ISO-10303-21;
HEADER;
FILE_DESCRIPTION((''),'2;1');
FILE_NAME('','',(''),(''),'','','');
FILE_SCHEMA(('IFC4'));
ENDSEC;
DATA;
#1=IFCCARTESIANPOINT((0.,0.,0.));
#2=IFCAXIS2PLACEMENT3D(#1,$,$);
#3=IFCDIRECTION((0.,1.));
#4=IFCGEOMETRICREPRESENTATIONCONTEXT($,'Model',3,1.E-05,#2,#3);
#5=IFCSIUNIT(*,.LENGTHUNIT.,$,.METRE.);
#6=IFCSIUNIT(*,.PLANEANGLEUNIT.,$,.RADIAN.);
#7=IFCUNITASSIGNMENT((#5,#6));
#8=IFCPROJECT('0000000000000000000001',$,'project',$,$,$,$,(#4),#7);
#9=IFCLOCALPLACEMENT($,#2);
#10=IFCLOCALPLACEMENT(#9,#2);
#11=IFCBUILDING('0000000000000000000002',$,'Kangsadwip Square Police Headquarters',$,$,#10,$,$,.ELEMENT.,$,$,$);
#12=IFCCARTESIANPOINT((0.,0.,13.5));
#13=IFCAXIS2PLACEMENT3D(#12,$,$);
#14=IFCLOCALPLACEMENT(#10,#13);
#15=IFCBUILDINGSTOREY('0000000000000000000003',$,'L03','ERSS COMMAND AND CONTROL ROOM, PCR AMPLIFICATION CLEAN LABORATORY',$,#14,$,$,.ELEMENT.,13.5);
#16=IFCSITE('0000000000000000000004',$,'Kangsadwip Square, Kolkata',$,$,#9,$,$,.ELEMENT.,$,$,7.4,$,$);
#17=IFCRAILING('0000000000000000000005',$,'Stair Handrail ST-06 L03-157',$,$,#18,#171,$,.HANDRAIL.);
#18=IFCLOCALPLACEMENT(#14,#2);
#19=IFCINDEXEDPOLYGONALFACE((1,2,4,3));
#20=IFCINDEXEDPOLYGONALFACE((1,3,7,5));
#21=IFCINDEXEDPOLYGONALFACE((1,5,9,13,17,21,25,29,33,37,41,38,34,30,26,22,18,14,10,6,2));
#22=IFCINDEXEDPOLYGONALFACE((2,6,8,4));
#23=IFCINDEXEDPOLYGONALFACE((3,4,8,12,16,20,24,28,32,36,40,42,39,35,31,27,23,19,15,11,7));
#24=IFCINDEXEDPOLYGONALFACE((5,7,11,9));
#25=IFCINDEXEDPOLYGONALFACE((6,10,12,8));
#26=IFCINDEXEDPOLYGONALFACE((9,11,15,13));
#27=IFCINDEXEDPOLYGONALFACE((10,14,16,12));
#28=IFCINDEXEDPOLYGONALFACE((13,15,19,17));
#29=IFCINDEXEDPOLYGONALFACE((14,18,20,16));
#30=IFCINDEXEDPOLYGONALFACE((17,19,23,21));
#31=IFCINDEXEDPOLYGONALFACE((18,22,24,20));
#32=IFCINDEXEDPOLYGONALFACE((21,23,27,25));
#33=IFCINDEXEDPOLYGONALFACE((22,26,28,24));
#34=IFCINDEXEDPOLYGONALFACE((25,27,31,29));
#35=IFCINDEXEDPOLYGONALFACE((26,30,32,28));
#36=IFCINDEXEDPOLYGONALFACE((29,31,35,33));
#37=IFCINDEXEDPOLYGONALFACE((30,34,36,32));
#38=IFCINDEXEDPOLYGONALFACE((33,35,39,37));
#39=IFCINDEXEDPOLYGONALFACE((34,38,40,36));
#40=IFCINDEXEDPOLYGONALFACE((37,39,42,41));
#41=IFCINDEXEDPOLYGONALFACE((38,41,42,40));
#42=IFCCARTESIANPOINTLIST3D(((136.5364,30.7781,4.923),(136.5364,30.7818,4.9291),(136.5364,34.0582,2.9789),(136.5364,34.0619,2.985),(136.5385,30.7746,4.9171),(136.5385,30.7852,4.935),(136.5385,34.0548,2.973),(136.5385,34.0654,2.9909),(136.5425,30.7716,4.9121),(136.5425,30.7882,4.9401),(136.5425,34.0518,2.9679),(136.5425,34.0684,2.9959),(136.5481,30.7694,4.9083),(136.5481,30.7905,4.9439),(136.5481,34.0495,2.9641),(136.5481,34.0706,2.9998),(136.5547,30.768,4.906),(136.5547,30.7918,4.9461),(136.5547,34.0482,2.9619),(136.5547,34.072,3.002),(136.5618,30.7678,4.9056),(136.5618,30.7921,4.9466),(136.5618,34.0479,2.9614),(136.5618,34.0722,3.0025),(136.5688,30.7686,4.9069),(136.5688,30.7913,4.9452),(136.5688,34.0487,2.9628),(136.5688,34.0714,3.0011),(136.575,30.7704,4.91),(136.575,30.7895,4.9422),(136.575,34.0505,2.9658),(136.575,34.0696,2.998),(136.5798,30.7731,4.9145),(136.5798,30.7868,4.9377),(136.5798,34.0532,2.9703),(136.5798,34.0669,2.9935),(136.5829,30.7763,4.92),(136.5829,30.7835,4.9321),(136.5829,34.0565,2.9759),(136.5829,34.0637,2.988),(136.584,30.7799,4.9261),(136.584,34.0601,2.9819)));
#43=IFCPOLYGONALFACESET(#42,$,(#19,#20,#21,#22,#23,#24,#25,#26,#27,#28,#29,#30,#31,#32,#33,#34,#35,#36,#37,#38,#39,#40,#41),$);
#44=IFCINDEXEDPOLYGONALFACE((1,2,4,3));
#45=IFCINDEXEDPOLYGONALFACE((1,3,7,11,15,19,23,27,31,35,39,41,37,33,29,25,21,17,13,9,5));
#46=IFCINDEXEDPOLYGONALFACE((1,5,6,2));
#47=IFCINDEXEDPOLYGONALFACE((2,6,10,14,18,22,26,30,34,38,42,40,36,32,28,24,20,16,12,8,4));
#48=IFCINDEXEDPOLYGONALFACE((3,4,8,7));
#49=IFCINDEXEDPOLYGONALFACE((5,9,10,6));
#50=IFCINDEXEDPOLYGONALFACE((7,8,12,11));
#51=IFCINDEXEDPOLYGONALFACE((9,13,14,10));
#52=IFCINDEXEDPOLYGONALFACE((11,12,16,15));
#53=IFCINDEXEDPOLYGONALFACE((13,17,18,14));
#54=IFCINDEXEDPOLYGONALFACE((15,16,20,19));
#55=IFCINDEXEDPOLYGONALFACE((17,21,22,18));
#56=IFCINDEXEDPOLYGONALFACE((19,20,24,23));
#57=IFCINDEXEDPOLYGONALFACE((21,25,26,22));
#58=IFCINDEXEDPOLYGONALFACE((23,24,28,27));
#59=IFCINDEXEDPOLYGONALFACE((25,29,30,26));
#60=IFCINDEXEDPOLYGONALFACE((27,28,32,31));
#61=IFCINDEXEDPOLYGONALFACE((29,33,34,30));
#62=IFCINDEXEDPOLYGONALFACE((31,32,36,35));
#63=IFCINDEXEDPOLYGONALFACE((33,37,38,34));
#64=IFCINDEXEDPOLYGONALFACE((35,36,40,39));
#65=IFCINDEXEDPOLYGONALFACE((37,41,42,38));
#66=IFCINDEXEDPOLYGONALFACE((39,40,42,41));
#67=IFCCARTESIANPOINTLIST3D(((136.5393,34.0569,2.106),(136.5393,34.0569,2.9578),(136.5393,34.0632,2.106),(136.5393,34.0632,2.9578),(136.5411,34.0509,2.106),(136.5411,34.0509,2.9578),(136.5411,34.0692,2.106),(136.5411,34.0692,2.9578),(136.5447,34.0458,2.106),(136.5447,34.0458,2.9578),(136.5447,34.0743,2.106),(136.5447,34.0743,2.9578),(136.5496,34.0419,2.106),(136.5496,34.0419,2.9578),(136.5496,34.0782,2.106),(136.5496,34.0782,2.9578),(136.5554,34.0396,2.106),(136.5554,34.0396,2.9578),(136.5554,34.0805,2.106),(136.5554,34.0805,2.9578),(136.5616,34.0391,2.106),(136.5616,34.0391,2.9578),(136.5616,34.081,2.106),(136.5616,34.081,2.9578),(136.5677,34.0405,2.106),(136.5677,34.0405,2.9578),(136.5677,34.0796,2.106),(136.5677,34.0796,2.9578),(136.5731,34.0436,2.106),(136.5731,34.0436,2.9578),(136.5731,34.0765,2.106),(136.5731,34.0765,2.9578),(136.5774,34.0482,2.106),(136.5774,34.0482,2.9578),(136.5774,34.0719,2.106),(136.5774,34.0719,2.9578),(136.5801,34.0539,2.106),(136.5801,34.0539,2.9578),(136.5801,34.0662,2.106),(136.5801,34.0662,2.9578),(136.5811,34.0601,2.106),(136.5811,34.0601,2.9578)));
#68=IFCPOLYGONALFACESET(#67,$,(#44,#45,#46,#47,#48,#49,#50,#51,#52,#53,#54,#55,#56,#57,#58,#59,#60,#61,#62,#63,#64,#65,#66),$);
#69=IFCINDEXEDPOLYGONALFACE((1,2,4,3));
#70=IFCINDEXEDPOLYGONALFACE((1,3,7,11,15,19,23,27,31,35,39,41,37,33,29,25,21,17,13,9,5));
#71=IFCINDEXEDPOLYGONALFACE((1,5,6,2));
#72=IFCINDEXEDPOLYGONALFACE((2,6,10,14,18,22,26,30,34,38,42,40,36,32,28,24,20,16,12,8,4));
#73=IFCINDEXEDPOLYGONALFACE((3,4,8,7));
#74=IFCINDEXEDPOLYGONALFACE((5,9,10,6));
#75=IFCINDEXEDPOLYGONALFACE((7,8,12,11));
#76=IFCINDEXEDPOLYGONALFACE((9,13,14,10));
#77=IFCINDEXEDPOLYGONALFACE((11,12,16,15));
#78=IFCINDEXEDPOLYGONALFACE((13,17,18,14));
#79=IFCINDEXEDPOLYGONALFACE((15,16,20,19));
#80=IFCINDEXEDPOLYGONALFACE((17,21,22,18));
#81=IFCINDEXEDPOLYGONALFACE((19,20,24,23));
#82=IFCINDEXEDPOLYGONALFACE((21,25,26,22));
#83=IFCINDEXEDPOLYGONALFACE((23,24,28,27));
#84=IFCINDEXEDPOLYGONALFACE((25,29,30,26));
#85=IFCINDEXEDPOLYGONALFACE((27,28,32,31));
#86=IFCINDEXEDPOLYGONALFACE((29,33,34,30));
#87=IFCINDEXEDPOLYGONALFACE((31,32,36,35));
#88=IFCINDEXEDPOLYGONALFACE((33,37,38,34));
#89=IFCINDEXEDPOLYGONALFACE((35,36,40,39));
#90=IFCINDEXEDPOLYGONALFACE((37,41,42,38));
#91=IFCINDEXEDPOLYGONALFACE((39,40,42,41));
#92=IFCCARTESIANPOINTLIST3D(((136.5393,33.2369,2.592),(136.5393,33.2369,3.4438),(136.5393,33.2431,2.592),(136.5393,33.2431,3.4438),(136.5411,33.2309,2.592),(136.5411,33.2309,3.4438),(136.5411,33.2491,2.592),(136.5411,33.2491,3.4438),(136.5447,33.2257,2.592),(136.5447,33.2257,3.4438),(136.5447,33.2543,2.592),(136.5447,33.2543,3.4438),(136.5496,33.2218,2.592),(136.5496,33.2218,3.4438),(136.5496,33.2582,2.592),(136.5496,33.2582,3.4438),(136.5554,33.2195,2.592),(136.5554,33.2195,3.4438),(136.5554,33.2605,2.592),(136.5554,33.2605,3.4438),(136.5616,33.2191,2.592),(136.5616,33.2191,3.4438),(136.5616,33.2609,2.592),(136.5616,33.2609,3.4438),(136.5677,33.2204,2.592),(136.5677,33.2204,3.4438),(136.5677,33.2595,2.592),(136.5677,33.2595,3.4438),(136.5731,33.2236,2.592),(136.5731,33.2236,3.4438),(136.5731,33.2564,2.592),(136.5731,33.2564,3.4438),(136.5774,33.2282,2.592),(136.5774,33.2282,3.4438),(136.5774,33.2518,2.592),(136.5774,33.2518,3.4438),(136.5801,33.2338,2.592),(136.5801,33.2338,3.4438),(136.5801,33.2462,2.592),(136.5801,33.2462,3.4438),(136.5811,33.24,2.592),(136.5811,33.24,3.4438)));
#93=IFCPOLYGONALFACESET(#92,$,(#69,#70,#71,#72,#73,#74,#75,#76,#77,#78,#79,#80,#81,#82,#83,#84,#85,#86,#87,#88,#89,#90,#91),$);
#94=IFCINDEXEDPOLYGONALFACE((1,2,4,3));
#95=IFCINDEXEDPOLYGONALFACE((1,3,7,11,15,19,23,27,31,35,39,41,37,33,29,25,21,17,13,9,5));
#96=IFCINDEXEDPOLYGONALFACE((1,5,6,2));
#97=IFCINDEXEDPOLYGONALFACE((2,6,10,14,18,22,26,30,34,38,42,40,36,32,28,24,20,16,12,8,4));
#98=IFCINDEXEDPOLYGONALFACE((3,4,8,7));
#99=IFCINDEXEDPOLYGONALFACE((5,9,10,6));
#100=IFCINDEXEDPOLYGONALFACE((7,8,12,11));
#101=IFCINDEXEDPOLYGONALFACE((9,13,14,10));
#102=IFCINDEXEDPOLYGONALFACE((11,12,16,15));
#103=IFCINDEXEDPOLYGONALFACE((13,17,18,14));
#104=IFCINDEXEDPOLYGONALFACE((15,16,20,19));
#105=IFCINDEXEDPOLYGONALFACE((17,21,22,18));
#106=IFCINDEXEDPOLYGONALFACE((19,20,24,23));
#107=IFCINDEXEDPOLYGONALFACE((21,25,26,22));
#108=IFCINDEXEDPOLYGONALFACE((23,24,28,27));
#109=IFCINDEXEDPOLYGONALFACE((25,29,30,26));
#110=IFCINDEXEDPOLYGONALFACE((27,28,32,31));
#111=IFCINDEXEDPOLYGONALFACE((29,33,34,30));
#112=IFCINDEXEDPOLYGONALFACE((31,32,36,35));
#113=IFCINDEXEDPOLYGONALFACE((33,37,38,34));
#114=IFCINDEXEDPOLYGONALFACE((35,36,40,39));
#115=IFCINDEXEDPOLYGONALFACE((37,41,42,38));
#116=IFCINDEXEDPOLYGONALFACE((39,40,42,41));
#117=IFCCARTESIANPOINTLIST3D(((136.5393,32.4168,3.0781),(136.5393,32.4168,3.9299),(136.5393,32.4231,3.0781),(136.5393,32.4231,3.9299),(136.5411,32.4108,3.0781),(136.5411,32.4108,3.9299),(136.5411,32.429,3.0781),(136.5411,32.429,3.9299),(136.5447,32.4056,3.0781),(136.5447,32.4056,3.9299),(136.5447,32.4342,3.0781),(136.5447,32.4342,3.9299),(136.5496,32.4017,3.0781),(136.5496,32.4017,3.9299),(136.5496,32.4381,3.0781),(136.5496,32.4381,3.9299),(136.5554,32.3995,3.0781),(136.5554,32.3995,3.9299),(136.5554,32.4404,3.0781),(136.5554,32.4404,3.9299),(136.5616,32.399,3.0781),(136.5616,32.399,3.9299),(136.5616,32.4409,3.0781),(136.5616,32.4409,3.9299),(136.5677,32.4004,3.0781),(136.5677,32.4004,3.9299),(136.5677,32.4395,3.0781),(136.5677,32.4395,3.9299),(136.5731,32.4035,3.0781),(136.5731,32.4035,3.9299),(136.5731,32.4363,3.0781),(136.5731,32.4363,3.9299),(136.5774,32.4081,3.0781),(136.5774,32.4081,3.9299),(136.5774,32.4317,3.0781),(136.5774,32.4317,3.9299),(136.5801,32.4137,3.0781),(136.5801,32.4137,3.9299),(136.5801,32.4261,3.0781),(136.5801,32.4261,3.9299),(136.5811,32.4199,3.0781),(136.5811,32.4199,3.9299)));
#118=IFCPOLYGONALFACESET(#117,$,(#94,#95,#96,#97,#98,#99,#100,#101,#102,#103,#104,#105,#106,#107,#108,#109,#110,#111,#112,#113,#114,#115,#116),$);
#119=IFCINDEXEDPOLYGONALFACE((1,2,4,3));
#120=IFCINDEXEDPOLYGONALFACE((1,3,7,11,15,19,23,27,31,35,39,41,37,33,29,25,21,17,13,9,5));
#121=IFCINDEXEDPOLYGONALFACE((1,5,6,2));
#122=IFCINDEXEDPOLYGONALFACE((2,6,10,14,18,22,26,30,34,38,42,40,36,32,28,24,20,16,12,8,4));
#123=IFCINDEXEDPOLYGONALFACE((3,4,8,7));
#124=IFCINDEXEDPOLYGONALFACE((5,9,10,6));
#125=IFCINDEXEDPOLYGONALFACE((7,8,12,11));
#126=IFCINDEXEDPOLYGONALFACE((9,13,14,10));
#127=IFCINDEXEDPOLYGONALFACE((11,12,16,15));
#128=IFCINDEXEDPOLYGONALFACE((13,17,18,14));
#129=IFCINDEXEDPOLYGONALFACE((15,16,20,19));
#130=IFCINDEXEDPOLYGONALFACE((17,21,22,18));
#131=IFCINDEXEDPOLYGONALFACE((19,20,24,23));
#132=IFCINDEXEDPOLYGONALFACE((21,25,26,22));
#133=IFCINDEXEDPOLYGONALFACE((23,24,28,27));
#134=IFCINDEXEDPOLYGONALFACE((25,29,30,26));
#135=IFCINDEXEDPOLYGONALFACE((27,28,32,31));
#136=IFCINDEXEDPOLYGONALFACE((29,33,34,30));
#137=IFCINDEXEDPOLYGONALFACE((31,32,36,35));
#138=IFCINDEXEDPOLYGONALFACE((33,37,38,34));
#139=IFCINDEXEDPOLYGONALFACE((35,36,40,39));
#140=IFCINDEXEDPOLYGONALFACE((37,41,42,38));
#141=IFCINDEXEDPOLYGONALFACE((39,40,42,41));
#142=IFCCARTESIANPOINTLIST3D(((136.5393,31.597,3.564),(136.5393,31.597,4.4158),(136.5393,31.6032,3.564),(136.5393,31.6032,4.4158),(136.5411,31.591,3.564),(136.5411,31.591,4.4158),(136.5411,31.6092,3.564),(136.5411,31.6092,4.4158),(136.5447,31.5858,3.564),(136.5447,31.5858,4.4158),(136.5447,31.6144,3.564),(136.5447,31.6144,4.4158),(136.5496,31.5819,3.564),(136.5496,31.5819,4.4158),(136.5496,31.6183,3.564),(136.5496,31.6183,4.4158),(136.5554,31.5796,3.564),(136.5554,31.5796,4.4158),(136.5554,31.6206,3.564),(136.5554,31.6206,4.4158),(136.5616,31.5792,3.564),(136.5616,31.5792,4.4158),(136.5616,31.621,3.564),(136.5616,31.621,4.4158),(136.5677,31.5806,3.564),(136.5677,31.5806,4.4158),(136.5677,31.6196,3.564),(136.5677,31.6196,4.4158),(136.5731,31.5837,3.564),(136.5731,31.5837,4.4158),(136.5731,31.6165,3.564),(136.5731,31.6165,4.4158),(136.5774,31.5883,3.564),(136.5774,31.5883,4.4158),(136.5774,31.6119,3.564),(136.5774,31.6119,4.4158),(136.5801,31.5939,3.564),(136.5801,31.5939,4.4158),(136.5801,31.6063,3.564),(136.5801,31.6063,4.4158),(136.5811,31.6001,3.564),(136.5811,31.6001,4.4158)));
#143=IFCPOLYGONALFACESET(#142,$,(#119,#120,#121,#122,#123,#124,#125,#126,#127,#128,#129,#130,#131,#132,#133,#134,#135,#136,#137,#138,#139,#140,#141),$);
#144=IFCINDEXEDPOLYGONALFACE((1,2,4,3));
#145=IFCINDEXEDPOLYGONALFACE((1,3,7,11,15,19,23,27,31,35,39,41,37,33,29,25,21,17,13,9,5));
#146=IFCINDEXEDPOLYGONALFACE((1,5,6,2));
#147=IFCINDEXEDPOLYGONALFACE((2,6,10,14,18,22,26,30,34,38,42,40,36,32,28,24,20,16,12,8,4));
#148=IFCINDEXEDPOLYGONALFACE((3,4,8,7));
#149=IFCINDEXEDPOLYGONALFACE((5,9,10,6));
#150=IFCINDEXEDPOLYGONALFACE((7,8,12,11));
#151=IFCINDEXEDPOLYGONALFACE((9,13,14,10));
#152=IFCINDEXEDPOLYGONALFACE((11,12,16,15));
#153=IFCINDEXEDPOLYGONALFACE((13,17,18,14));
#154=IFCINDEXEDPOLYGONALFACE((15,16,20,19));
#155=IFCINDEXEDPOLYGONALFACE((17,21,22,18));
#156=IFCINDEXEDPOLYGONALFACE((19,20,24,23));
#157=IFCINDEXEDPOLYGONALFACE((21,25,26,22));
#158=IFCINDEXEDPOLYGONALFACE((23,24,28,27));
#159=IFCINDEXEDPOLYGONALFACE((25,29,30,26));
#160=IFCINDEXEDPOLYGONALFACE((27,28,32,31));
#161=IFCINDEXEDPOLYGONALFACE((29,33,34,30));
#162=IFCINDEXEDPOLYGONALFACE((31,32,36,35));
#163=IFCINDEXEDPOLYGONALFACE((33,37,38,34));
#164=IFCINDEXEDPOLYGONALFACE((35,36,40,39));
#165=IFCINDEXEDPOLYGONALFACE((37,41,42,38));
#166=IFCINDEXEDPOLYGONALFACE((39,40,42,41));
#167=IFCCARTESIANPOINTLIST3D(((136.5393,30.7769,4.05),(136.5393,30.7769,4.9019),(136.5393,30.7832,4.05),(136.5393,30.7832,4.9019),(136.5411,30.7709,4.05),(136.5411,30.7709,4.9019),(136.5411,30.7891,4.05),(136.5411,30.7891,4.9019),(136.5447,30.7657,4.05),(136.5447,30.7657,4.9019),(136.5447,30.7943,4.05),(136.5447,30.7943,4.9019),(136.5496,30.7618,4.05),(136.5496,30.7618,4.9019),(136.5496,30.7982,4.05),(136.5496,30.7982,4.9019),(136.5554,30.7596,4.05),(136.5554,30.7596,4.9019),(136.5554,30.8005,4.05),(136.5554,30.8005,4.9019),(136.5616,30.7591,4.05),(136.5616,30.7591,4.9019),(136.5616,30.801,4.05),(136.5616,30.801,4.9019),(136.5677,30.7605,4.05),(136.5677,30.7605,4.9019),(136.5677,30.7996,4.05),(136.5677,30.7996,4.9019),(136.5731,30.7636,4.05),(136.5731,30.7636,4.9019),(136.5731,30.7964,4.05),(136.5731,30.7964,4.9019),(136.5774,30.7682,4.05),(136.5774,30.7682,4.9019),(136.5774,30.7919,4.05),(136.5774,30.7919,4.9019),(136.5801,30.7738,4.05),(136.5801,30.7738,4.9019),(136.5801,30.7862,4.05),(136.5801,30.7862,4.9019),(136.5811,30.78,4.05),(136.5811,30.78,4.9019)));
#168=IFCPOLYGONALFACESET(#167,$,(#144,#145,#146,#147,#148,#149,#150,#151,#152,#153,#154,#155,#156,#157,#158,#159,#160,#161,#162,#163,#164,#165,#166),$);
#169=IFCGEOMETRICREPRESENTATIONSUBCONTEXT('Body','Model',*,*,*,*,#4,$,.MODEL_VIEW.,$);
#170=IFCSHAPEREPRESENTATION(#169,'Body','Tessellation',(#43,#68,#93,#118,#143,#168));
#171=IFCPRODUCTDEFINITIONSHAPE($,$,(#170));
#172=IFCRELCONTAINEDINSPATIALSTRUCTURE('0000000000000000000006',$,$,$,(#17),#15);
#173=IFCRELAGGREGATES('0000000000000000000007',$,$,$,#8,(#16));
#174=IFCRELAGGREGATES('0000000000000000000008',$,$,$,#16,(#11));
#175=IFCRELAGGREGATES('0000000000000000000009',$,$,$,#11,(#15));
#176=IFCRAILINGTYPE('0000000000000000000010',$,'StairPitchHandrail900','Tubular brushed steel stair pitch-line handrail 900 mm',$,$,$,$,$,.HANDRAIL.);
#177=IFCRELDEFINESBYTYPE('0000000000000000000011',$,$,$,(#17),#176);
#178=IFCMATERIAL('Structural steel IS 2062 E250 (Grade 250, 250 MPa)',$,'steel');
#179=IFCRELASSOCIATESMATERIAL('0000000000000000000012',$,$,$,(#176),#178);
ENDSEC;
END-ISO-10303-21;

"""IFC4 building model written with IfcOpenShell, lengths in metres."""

from ifc_helpers import new_model, si_unit, direction, frame, origin, origin_2d, place, context, subcontext, project, spatial, circle, extrude, material, type_object, element, save


model = new_model("IFC4")

# Units and contexts
model_context = context("Model", 3, precision=1e-05, world=origin(), true_north=direction((0.0, 1.0)))
body_context = subcontext(model_context, "Body", "Model", "MODEL_VIEW")
ifc_project = project(units=[si_unit("LENGTHUNIT", "METRE"), si_unit("PLANEANGLEUNIT", "RADIAN")], contexts=[model_context])

# Site, building, storey
site_placement = place(None, origin())
site = spatial("IfcSite", under=ifc_project, at=site_placement, Name="Kangsadwip Square, Kolkata", CompositionType="ELEMENT", RefElevation=7.4)
building_placement = place(site_placement, origin())
building = spatial("IfcBuilding", under=site, at=building_placement, Name="Kangsadwip Square Police Headquarters", CompositionType="ELEMENT")
storey_placement = place(building_placement, frame((0.0, 0.0, 13.5)))
storey = spatial("IfcBuildingStorey", under=building, at=storey_placement, Name="L03", Description="ERSS COMMAND AND CONTROL ROOM, PCR AMPLIFICATION CLEAN LABORATORY", CompositionType="ELEMENT", Elevation=13.5)

# Railing
ifc_material_1 = material(Name="Structural steel IS 2062 E250 (Grade 250, 250 MPa)", Category="steel")
railing_type_1 = type_object("IfcRailingType", Name="StairPitchHandrail900", Description="Tubular brushed steel stair pitch-line handrail 900 mm", PredefinedType="HANDRAIL", material=ifc_material_1)
railing_1_placement = place(storey_placement, frame((136.5601, 34.0601, 2.106)))
element("IfcRailing", 1, at=railing_1_placement, inside=storey, type_object=railing_type_1, Name="Stair Handrail ST-06 L03-157", PredefinedType="HANDRAIL", context=body_context, shape_type="SweptSolid", body=[
    extrude(circle(Radius=0.0239, at=origin_2d()), frame((0.0, 0.0, 0.876), z_axis=(0.0, -0.860249, 0.509874), x_axis=(1.0, 0.0, 0.0)), (0.0, 0.0, 1.0), 3.813),
    extrude(circle(Radius=0.021, at=origin_2d()), origin(), (0.0, 0.0, 1.0), 0.8518),
    extrude(circle(Radius=0.021, at=origin_2d()), frame((0.0, -0.8201, 0.4861)), (0.0, 0.0, 1.0), 0.8518),
    extrude(circle(Radius=0.021, at=origin_2d()), frame((0.0, -1.6401, 0.9722)), (0.0, 0.0, 1.0), 0.8518),
    extrude(circle(Radius=0.021, at=origin_2d()), frame((0.0, -2.46, 1.458)), (0.0, 0.0, 1.0), 0.8518),
    extrude(circle(Radius=0.021, at=origin_2d()), frame((0.0, -3.28, 1.9441)), (0.0, 0.0, 1.0), 0.8518),
])

save(model, "model.ifc")
